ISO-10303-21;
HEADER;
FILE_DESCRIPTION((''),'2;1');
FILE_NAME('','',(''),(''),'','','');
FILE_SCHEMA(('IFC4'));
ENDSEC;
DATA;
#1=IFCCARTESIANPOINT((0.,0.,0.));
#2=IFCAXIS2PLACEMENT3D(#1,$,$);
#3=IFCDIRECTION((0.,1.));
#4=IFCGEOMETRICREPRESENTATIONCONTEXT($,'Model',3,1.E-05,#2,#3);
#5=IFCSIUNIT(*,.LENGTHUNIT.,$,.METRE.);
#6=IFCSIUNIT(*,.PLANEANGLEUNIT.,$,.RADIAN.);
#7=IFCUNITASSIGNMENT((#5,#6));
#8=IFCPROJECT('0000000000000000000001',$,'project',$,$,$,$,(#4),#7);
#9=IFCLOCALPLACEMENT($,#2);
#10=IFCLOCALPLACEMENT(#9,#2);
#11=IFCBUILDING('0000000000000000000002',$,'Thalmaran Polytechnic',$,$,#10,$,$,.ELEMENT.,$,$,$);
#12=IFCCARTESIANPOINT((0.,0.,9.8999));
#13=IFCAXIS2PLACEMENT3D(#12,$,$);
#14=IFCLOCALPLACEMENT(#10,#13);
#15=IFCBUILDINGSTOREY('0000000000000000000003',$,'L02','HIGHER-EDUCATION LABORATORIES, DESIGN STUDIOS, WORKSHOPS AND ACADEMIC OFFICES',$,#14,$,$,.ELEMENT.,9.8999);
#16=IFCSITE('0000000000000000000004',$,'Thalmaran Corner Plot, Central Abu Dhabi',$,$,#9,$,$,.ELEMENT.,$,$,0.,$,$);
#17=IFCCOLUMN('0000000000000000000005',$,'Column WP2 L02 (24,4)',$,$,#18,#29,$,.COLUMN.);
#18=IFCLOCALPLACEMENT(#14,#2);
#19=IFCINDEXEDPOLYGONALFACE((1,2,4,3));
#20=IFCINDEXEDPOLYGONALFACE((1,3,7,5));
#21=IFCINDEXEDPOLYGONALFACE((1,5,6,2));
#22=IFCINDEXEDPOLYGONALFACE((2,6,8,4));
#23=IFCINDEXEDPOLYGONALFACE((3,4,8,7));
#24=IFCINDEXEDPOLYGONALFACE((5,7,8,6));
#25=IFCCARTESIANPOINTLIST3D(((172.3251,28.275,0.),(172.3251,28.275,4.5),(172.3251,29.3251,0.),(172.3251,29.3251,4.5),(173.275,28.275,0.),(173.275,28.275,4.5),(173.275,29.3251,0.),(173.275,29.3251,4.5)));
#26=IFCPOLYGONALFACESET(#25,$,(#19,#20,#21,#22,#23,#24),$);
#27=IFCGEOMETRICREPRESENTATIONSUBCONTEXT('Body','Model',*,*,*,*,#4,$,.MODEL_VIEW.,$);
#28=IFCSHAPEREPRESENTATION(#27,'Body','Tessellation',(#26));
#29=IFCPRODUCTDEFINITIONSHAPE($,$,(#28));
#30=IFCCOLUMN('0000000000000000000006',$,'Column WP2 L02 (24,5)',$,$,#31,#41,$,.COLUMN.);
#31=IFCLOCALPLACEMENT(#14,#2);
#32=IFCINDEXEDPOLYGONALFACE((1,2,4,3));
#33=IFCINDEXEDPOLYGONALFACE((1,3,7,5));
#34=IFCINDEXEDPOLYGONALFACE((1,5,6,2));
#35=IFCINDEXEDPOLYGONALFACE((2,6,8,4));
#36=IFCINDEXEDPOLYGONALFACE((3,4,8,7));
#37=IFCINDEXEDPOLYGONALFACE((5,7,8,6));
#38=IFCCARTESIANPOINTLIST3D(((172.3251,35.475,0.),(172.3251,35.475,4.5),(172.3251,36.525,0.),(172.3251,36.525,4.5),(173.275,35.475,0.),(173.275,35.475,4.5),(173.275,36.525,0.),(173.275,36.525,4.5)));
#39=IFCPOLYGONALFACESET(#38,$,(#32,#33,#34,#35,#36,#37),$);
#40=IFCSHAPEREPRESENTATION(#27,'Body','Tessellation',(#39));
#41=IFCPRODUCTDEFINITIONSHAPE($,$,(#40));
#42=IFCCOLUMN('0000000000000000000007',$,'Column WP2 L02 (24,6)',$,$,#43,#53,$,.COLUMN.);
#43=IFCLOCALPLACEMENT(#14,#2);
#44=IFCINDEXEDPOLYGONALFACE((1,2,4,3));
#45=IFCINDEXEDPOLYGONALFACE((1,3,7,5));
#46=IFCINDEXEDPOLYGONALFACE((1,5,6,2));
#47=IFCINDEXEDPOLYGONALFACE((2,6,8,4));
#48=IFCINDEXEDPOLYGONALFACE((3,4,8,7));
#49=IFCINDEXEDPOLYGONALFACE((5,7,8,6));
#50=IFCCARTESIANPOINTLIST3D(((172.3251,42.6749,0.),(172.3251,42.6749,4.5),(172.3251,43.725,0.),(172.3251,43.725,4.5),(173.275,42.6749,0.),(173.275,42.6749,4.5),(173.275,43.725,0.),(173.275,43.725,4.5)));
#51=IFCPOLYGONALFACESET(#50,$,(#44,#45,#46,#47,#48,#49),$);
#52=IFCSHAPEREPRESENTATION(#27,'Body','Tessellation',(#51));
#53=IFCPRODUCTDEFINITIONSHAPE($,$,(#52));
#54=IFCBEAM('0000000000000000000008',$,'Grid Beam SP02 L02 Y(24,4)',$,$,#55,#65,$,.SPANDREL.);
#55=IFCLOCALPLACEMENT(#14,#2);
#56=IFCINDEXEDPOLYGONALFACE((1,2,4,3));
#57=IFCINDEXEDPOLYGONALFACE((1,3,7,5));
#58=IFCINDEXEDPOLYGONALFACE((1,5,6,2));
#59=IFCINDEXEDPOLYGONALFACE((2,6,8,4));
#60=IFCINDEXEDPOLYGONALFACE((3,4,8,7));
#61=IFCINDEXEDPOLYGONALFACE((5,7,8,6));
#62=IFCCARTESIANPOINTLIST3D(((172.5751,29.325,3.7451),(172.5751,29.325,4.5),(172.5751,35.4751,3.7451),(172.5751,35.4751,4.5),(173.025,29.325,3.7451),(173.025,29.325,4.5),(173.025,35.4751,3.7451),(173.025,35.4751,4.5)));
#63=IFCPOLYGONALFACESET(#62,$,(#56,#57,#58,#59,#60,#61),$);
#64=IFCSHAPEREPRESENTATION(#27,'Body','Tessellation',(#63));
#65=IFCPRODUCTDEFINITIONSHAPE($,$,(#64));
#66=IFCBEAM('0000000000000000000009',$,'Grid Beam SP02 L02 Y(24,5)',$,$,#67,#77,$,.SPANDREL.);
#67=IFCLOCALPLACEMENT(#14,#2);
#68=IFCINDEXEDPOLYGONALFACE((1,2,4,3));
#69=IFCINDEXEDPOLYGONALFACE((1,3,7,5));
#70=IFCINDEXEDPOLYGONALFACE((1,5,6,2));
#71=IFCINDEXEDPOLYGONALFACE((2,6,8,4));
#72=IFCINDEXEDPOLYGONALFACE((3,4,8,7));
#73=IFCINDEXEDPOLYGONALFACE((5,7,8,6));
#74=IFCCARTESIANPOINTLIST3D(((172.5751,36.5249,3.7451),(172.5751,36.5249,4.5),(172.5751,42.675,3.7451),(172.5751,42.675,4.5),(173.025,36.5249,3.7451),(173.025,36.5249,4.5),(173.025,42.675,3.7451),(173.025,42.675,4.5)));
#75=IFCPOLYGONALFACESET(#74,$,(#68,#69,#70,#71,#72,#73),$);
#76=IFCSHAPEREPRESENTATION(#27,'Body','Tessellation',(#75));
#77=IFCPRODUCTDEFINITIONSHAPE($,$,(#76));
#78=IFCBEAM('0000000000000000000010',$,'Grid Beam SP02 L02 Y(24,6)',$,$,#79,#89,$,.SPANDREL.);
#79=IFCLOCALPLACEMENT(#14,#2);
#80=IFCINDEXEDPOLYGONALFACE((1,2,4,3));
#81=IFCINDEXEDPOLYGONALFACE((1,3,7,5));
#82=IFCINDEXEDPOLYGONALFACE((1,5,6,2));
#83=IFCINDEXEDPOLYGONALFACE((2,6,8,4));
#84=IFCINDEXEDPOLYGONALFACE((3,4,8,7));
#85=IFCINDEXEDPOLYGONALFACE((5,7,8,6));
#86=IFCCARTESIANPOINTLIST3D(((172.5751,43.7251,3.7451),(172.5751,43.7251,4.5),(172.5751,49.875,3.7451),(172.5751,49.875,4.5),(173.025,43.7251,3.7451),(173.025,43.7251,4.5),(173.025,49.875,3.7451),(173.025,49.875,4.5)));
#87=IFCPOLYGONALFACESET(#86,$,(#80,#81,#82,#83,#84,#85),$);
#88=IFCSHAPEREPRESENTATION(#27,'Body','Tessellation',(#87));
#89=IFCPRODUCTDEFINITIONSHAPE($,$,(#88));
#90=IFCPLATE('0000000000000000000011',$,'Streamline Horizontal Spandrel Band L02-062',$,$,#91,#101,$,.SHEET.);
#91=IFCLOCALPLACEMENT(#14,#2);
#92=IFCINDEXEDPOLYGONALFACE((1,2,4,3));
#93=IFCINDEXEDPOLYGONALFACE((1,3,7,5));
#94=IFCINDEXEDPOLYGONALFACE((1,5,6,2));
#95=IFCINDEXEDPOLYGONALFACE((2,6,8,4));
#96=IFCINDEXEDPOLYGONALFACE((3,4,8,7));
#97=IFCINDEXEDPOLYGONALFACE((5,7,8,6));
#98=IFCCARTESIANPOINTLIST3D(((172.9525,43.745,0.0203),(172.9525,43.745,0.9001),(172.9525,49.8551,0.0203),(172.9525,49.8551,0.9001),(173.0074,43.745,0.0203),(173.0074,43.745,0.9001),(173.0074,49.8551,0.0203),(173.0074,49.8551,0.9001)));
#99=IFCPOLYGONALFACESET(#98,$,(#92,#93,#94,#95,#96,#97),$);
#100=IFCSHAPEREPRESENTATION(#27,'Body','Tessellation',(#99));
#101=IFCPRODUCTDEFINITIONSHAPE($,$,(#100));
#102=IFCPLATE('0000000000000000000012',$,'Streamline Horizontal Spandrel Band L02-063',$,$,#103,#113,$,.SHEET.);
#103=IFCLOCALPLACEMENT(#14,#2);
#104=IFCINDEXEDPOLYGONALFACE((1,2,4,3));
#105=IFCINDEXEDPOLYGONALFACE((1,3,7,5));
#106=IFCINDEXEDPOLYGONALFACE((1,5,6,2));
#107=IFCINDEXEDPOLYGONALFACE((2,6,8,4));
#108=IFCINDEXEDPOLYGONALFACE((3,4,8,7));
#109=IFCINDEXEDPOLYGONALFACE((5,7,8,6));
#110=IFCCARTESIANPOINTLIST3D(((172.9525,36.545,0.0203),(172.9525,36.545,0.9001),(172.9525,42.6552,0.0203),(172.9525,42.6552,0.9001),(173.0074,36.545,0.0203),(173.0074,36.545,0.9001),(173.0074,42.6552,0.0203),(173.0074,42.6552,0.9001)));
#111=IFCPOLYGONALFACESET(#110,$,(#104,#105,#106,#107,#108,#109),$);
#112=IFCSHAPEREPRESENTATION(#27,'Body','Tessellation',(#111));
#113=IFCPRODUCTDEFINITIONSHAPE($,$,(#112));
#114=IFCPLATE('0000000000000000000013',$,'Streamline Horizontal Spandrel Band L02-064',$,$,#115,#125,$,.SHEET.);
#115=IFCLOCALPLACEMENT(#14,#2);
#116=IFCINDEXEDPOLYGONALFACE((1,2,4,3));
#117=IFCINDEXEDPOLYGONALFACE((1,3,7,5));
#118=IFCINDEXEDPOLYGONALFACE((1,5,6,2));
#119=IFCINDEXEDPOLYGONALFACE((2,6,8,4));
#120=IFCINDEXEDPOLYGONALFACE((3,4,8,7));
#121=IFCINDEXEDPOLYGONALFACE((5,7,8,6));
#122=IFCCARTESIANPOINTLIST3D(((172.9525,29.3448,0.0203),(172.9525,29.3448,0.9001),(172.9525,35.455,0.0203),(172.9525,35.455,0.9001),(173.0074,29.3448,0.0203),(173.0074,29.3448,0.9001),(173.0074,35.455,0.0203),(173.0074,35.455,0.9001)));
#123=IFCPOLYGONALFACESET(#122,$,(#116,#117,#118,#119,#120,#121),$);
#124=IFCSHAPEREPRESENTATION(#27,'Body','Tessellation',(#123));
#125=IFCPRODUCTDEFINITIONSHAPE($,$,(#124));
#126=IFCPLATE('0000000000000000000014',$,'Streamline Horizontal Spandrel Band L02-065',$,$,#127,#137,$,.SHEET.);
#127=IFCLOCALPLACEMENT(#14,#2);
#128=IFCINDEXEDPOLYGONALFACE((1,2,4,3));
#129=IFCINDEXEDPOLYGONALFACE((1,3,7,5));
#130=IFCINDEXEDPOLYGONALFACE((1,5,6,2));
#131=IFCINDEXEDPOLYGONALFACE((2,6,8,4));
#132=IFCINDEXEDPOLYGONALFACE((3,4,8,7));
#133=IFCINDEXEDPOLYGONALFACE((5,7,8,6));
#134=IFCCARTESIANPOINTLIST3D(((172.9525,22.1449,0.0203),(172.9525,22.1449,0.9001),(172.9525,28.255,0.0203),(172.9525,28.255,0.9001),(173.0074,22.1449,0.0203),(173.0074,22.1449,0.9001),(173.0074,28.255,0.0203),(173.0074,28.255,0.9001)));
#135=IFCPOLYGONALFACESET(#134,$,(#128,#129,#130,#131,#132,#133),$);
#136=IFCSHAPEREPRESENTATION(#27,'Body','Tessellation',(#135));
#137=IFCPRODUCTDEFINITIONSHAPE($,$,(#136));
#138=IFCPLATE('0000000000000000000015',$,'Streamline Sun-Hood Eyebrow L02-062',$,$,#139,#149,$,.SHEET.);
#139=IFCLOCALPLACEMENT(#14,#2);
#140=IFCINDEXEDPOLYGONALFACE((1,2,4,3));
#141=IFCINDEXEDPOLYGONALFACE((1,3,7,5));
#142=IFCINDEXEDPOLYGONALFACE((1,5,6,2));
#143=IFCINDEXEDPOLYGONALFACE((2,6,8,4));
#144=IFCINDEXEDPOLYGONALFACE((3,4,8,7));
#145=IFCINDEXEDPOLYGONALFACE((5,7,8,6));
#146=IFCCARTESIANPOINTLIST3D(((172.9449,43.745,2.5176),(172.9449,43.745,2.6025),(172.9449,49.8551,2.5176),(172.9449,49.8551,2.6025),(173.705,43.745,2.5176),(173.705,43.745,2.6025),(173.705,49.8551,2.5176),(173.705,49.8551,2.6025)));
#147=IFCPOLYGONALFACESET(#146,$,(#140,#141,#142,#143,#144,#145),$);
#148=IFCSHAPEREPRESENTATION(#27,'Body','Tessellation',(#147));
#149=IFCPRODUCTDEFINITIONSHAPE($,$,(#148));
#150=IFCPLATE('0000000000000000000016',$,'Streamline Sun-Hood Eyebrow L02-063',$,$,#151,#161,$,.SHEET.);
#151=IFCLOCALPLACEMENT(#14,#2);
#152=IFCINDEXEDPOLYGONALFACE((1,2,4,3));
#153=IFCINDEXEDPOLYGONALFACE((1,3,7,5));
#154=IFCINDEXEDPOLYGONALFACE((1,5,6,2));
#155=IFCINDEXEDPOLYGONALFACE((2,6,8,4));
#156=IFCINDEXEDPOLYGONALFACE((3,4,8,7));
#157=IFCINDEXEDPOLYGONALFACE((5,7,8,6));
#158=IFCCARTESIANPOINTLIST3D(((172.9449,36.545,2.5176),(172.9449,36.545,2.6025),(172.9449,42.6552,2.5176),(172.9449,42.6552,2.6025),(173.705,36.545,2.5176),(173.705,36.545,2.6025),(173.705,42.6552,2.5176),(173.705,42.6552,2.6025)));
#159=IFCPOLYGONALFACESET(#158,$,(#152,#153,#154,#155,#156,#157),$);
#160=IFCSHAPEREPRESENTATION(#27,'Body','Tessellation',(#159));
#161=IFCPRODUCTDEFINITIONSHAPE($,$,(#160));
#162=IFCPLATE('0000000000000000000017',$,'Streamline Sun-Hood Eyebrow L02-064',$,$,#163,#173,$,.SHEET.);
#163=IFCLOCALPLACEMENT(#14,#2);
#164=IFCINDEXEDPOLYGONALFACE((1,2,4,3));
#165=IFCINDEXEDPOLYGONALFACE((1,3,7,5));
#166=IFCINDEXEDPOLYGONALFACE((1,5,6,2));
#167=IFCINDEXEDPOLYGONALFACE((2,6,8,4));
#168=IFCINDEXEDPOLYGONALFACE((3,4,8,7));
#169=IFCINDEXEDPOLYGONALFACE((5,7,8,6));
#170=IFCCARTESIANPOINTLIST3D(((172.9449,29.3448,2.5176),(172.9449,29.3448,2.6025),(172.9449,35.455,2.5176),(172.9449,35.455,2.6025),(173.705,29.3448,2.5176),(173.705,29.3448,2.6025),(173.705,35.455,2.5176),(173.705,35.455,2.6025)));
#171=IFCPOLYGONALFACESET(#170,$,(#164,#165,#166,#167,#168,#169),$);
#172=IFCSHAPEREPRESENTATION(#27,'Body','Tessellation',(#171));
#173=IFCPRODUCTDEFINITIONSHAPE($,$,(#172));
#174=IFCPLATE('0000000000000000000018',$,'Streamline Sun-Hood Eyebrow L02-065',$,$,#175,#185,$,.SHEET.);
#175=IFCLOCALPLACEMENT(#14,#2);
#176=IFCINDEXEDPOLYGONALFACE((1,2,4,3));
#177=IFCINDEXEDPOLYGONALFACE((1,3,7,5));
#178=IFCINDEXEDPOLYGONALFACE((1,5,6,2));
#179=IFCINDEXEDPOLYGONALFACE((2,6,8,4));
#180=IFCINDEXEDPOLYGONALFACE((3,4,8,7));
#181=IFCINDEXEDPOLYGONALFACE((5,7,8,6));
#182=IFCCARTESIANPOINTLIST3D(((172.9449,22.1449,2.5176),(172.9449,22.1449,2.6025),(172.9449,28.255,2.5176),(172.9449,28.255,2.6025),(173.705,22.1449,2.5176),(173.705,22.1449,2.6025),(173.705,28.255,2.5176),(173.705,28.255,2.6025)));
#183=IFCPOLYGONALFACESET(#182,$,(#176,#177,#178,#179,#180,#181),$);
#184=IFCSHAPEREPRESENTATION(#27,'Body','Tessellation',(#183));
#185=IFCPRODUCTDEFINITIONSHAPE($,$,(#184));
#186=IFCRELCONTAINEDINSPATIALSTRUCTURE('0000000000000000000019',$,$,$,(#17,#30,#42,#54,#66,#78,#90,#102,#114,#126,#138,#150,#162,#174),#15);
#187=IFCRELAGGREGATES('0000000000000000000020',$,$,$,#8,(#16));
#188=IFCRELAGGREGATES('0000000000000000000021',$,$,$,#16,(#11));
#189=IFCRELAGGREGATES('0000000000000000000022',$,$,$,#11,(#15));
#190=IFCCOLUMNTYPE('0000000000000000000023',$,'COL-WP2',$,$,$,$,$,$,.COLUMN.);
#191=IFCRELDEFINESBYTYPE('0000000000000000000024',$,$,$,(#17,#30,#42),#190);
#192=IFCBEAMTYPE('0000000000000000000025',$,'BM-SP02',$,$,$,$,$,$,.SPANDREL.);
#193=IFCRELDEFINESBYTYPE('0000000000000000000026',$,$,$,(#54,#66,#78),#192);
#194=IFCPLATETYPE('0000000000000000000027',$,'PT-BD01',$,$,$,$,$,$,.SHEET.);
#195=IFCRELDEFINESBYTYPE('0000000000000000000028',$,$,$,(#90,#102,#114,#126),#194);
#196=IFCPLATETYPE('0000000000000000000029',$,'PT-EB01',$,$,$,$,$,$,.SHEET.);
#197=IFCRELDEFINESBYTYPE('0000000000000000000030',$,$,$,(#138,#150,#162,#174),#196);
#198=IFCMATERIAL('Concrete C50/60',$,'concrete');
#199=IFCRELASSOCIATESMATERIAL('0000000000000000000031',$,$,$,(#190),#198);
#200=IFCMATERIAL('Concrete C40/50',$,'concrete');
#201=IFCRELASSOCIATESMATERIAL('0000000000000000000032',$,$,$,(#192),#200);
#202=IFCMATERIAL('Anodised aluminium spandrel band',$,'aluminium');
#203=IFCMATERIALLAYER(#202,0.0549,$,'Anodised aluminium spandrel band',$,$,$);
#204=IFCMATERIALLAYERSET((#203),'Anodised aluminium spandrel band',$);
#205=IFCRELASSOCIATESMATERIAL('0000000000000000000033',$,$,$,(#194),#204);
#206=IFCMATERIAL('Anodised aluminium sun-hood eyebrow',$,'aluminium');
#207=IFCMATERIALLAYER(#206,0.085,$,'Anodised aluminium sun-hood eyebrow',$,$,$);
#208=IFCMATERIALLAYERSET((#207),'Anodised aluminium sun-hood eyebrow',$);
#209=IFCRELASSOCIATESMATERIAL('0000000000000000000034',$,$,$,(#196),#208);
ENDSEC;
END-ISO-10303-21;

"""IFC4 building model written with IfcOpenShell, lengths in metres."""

from ifc_helpers import new_model, si_unit, direction, frame, origin, origin_2d, place, context, subcontext, project, spatial, rectangle, extrude, material, layer, layer_set, material_profile, profile_set, type_object, element, save


model = new_model("IFC4")

# Units and contexts
model_context = context("Model", 3, precision=1e-05, world=origin(), true_north=direction((0.0, 1.0)))
body_context = subcontext(model_context, "Body", "Model", "MODEL_VIEW")
ifc_project = project(units=[si_unit("LENGTHUNIT", "METRE"), si_unit("PLANEANGLEUNIT", "RADIAN")], contexts=[model_context])

# Site, building, storey
site_placement = place(None, origin())
site = spatial("IfcSite", under=ifc_project, at=site_placement, Name="Thalmaran Corner Plot, Central Abu Dhabi", CompositionType="ELEMENT", RefElevation=0.0)
building_placement = place(site_placement, origin())
building = spatial("IfcBuilding", under=site, at=building_placement, Name="Thalmaran Polytechnic", CompositionType="ELEMENT")
storey_placement = place(building_placement, frame((0.0, 0.0, 9.8999)))
storey = spatial("IfcBuildingStorey", under=building, at=storey_placement, Name="L02", Description="HIGHER-EDUCATION LABORATORIES, DESIGN STUDIOS, WORKSHOPS AND ACADEMIC OFFICES", CompositionType="ELEMENT", Elevation=9.8999)

# Columns
ifc_material_1 = material(Name="Concrete C50/60", Category="concrete")
ifc_material_profile_1 = material_profile(ifc_material_1, rectangle(XDim=0.95, YDim=1.05, at=origin_2d()), Name="RC 950x1050")
ifc_profile_set_1 = profile_set([ifc_material_profile_1], Name="Concrete C50/60")
column_type = type_object("IfcColumnType", Name="COL-WP2", PredefinedType="COLUMN", material=ifc_profile_set_1)
for number, where, z_axis, x_axis, name in (
    (1, (172.8, 28.8, 0.0), (0.0, 0.0, 1.0), (1.0, 0.0, 0.0), "Column WP2 L02 (24,4)"),
    (2, (172.8, 36.0, 0.0), (0.0, 0.0, 1.0), (1.0, 0.0, 0.0), "Column WP2 L02 (24,5)"),
    (3, (172.8, 43.2, 0.0), (0.0, 0.0, 1.0), (1.0, 0.0, 0.0), "Column WP2 L02 (24,6)"),
):
    element("IfcColumn", number, at=place(storey_placement, frame(where, z_axis=z_axis, x_axis=x_axis)), inside=storey, type_object=column_type, Name=name, PredefinedType="COLUMN", context=body_context, shape_type="SweptSolid", body=[
        extrude(rectangle(XDim=0.95, YDim=1.05, at=origin_2d()), origin(), (0.0, 0.0, 1.0), 4.5),
    ])

# Beams
ifc_material_2 = material(Name="Concrete C40/50", Category="concrete")
ifc_material_profile_2 = material_profile(ifc_material_2, rectangle(XDim=0.45, YDim=0.7549, at=origin_2d()), Name="RC 450x755")
ifc_profile_set_2 = profile_set([ifc_material_profile_2], Name="Concrete C40/50")
beam_type = type_object("IfcBeamType", Name="BM-SP02", PredefinedType="SPANDREL", material=ifc_profile_set_2)
for number, where, z_axis, x_axis, name in (
    (4, (172.8, 29.325, 4.1226), (0.0, 1.0, 0.0), (-1.0, 0.0, 0.0), "Grid Beam SP02 L02 Y(24,4)"),
    (5, (172.8, 36.5249, 4.1226), (0.0, 1.0, 0.0), (-1.0, 0.0, 0.0), "Grid Beam SP02 L02 Y(24,5)"),
):
    element("IfcBeam", number, at=place(storey_placement, frame(where, z_axis=z_axis, x_axis=x_axis)), inside=storey, type_object=beam_type, Name=name, PredefinedType="SPANDREL", context=body_context, shape_type="SweptSolid", body=[
        extrude(rectangle(XDim=0.45, YDim=0.7549, at=origin_2d()), origin(), (0.0, 0.0, 1.0), 6.1501),
    ])
beam_placement = place(storey_placement, frame((172.8, 43.7251, 4.1226), z_axis=(0.0, 1.0, 0.0), x_axis=(-1.0, 0.0, 0.0)))
element("IfcBeam", 6, at=beam_placement, inside=storey, type_object=beam_type, Name="Grid Beam SP02 L02 Y(24,6)", PredefinedType="SPANDREL", context=body_context, shape_type="SweptSolid", body=[
    extrude(rectangle(XDim=0.45, YDim=0.7549, at=origin_2d()), origin(), (0.0, 0.0, 1.0), 6.1499),
])

# Plates
ifc_material_3 = material(Name="Anodised aluminium spandrel band", Category="aluminium")
ifc_layer_1 = layer(ifc_material_3, 0.0549, Name="Anodised aluminium spandrel band")
ifc_layer_set_1 = layer_set([ifc_layer_1], Name="Anodised aluminium spandrel band")
plate_type_1 = type_object("IfcPlateType", Name="PT-BD01", PredefinedType="SHEET", material=ifc_layer_set_1)
for number, where, z_axis, x_axis, name in (
    (7, (172.98, 46.8, 0.0203), (0.0, 0.0, 1.0), (0.0, -1.0, 0.0), "Streamline Horizontal Spandrel Band L02-062"),
    (8, (172.98, 39.6001, 0.0203), (0.0, 0.0, 1.0), (0.0, -1.0, 0.0), "Streamline Horizontal Spandrel Band L02-063"),
    (9, (172.98, 32.3999, 0.0203), (0.0, 0.0, 1.0), (0.0, -1.0, 0.0), "Streamline Horizontal Spandrel Band L02-064"),
    (10, (172.98, 25.2, 0.0203), (0.0, 0.0, 1.0), (0.0, -1.0, 0.0), "Streamline Horizontal Spandrel Band L02-065"),
):
    element("IfcPlate", number, at=place(storey_placement, frame(where, z_axis=z_axis, x_axis=x_axis)), inside=storey, type_object=plate_type_1, Name=name, PredefinedType="SHEET", context=body_context, shape_type="SweptSolid", body=[
        extrude(rectangle(XDim=6.1101, YDim=0.0549, at=origin_2d()), origin(), (0.0, 0.0, 1.0), 0.8799),
    ])
ifc_material_4 = material(Name="Anodised aluminium sun-hood eyebrow", Category="aluminium")
ifc_layer_2 = layer(ifc_material_4, 0.085, Name="Anodised aluminium sun-hood eyebrow")
ifc_layer_set_2 = layer_set([ifc_layer_2], Name="Anodised aluminium sun-hood eyebrow")
plate_type_2 = type_object("IfcPlateType", Name="PT-EB01", PredefinedType="SHEET", material=ifc_layer_set_2)
for number, where, z_axis, x_axis, name in (
    (11, (173.325, 46.8, 2.5176), (0.0, 0.0, 1.0), (0.0, -1.0, 0.0), "Streamline Sun-Hood Eyebrow L02-062"),
    (12, (173.325, 39.6001, 2.5176), (0.0, 0.0, 1.0), (0.0, -1.0, 0.0), "Streamline Sun-Hood Eyebrow L02-063"),
    (13, (173.325, 32.3999, 2.5176), (0.0, 0.0, 1.0), (0.0, -1.0, 0.0), "Streamline Sun-Hood Eyebrow L02-064"),
    (14, (173.325, 25.2, 2.5176), (0.0, 0.0, 1.0), (0.0, -1.0, 0.0), "Streamline Sun-Hood Eyebrow L02-065"),
):
    element("IfcPlate", number, at=place(storey_placement, frame(where, z_axis=z_axis, x_axis=x_axis)), inside=storey, type_object=plate_type_2, Name=name, PredefinedType="SHEET", context=body_context, shape_type="SweptSolid", body=[
        extrude(rectangle(XDim=6.1101, YDim=0.76, at=origin_2d()), origin(), (0.0, 0.0, 1.0), 0.085),
    ])

save(model, "model.ifc")
